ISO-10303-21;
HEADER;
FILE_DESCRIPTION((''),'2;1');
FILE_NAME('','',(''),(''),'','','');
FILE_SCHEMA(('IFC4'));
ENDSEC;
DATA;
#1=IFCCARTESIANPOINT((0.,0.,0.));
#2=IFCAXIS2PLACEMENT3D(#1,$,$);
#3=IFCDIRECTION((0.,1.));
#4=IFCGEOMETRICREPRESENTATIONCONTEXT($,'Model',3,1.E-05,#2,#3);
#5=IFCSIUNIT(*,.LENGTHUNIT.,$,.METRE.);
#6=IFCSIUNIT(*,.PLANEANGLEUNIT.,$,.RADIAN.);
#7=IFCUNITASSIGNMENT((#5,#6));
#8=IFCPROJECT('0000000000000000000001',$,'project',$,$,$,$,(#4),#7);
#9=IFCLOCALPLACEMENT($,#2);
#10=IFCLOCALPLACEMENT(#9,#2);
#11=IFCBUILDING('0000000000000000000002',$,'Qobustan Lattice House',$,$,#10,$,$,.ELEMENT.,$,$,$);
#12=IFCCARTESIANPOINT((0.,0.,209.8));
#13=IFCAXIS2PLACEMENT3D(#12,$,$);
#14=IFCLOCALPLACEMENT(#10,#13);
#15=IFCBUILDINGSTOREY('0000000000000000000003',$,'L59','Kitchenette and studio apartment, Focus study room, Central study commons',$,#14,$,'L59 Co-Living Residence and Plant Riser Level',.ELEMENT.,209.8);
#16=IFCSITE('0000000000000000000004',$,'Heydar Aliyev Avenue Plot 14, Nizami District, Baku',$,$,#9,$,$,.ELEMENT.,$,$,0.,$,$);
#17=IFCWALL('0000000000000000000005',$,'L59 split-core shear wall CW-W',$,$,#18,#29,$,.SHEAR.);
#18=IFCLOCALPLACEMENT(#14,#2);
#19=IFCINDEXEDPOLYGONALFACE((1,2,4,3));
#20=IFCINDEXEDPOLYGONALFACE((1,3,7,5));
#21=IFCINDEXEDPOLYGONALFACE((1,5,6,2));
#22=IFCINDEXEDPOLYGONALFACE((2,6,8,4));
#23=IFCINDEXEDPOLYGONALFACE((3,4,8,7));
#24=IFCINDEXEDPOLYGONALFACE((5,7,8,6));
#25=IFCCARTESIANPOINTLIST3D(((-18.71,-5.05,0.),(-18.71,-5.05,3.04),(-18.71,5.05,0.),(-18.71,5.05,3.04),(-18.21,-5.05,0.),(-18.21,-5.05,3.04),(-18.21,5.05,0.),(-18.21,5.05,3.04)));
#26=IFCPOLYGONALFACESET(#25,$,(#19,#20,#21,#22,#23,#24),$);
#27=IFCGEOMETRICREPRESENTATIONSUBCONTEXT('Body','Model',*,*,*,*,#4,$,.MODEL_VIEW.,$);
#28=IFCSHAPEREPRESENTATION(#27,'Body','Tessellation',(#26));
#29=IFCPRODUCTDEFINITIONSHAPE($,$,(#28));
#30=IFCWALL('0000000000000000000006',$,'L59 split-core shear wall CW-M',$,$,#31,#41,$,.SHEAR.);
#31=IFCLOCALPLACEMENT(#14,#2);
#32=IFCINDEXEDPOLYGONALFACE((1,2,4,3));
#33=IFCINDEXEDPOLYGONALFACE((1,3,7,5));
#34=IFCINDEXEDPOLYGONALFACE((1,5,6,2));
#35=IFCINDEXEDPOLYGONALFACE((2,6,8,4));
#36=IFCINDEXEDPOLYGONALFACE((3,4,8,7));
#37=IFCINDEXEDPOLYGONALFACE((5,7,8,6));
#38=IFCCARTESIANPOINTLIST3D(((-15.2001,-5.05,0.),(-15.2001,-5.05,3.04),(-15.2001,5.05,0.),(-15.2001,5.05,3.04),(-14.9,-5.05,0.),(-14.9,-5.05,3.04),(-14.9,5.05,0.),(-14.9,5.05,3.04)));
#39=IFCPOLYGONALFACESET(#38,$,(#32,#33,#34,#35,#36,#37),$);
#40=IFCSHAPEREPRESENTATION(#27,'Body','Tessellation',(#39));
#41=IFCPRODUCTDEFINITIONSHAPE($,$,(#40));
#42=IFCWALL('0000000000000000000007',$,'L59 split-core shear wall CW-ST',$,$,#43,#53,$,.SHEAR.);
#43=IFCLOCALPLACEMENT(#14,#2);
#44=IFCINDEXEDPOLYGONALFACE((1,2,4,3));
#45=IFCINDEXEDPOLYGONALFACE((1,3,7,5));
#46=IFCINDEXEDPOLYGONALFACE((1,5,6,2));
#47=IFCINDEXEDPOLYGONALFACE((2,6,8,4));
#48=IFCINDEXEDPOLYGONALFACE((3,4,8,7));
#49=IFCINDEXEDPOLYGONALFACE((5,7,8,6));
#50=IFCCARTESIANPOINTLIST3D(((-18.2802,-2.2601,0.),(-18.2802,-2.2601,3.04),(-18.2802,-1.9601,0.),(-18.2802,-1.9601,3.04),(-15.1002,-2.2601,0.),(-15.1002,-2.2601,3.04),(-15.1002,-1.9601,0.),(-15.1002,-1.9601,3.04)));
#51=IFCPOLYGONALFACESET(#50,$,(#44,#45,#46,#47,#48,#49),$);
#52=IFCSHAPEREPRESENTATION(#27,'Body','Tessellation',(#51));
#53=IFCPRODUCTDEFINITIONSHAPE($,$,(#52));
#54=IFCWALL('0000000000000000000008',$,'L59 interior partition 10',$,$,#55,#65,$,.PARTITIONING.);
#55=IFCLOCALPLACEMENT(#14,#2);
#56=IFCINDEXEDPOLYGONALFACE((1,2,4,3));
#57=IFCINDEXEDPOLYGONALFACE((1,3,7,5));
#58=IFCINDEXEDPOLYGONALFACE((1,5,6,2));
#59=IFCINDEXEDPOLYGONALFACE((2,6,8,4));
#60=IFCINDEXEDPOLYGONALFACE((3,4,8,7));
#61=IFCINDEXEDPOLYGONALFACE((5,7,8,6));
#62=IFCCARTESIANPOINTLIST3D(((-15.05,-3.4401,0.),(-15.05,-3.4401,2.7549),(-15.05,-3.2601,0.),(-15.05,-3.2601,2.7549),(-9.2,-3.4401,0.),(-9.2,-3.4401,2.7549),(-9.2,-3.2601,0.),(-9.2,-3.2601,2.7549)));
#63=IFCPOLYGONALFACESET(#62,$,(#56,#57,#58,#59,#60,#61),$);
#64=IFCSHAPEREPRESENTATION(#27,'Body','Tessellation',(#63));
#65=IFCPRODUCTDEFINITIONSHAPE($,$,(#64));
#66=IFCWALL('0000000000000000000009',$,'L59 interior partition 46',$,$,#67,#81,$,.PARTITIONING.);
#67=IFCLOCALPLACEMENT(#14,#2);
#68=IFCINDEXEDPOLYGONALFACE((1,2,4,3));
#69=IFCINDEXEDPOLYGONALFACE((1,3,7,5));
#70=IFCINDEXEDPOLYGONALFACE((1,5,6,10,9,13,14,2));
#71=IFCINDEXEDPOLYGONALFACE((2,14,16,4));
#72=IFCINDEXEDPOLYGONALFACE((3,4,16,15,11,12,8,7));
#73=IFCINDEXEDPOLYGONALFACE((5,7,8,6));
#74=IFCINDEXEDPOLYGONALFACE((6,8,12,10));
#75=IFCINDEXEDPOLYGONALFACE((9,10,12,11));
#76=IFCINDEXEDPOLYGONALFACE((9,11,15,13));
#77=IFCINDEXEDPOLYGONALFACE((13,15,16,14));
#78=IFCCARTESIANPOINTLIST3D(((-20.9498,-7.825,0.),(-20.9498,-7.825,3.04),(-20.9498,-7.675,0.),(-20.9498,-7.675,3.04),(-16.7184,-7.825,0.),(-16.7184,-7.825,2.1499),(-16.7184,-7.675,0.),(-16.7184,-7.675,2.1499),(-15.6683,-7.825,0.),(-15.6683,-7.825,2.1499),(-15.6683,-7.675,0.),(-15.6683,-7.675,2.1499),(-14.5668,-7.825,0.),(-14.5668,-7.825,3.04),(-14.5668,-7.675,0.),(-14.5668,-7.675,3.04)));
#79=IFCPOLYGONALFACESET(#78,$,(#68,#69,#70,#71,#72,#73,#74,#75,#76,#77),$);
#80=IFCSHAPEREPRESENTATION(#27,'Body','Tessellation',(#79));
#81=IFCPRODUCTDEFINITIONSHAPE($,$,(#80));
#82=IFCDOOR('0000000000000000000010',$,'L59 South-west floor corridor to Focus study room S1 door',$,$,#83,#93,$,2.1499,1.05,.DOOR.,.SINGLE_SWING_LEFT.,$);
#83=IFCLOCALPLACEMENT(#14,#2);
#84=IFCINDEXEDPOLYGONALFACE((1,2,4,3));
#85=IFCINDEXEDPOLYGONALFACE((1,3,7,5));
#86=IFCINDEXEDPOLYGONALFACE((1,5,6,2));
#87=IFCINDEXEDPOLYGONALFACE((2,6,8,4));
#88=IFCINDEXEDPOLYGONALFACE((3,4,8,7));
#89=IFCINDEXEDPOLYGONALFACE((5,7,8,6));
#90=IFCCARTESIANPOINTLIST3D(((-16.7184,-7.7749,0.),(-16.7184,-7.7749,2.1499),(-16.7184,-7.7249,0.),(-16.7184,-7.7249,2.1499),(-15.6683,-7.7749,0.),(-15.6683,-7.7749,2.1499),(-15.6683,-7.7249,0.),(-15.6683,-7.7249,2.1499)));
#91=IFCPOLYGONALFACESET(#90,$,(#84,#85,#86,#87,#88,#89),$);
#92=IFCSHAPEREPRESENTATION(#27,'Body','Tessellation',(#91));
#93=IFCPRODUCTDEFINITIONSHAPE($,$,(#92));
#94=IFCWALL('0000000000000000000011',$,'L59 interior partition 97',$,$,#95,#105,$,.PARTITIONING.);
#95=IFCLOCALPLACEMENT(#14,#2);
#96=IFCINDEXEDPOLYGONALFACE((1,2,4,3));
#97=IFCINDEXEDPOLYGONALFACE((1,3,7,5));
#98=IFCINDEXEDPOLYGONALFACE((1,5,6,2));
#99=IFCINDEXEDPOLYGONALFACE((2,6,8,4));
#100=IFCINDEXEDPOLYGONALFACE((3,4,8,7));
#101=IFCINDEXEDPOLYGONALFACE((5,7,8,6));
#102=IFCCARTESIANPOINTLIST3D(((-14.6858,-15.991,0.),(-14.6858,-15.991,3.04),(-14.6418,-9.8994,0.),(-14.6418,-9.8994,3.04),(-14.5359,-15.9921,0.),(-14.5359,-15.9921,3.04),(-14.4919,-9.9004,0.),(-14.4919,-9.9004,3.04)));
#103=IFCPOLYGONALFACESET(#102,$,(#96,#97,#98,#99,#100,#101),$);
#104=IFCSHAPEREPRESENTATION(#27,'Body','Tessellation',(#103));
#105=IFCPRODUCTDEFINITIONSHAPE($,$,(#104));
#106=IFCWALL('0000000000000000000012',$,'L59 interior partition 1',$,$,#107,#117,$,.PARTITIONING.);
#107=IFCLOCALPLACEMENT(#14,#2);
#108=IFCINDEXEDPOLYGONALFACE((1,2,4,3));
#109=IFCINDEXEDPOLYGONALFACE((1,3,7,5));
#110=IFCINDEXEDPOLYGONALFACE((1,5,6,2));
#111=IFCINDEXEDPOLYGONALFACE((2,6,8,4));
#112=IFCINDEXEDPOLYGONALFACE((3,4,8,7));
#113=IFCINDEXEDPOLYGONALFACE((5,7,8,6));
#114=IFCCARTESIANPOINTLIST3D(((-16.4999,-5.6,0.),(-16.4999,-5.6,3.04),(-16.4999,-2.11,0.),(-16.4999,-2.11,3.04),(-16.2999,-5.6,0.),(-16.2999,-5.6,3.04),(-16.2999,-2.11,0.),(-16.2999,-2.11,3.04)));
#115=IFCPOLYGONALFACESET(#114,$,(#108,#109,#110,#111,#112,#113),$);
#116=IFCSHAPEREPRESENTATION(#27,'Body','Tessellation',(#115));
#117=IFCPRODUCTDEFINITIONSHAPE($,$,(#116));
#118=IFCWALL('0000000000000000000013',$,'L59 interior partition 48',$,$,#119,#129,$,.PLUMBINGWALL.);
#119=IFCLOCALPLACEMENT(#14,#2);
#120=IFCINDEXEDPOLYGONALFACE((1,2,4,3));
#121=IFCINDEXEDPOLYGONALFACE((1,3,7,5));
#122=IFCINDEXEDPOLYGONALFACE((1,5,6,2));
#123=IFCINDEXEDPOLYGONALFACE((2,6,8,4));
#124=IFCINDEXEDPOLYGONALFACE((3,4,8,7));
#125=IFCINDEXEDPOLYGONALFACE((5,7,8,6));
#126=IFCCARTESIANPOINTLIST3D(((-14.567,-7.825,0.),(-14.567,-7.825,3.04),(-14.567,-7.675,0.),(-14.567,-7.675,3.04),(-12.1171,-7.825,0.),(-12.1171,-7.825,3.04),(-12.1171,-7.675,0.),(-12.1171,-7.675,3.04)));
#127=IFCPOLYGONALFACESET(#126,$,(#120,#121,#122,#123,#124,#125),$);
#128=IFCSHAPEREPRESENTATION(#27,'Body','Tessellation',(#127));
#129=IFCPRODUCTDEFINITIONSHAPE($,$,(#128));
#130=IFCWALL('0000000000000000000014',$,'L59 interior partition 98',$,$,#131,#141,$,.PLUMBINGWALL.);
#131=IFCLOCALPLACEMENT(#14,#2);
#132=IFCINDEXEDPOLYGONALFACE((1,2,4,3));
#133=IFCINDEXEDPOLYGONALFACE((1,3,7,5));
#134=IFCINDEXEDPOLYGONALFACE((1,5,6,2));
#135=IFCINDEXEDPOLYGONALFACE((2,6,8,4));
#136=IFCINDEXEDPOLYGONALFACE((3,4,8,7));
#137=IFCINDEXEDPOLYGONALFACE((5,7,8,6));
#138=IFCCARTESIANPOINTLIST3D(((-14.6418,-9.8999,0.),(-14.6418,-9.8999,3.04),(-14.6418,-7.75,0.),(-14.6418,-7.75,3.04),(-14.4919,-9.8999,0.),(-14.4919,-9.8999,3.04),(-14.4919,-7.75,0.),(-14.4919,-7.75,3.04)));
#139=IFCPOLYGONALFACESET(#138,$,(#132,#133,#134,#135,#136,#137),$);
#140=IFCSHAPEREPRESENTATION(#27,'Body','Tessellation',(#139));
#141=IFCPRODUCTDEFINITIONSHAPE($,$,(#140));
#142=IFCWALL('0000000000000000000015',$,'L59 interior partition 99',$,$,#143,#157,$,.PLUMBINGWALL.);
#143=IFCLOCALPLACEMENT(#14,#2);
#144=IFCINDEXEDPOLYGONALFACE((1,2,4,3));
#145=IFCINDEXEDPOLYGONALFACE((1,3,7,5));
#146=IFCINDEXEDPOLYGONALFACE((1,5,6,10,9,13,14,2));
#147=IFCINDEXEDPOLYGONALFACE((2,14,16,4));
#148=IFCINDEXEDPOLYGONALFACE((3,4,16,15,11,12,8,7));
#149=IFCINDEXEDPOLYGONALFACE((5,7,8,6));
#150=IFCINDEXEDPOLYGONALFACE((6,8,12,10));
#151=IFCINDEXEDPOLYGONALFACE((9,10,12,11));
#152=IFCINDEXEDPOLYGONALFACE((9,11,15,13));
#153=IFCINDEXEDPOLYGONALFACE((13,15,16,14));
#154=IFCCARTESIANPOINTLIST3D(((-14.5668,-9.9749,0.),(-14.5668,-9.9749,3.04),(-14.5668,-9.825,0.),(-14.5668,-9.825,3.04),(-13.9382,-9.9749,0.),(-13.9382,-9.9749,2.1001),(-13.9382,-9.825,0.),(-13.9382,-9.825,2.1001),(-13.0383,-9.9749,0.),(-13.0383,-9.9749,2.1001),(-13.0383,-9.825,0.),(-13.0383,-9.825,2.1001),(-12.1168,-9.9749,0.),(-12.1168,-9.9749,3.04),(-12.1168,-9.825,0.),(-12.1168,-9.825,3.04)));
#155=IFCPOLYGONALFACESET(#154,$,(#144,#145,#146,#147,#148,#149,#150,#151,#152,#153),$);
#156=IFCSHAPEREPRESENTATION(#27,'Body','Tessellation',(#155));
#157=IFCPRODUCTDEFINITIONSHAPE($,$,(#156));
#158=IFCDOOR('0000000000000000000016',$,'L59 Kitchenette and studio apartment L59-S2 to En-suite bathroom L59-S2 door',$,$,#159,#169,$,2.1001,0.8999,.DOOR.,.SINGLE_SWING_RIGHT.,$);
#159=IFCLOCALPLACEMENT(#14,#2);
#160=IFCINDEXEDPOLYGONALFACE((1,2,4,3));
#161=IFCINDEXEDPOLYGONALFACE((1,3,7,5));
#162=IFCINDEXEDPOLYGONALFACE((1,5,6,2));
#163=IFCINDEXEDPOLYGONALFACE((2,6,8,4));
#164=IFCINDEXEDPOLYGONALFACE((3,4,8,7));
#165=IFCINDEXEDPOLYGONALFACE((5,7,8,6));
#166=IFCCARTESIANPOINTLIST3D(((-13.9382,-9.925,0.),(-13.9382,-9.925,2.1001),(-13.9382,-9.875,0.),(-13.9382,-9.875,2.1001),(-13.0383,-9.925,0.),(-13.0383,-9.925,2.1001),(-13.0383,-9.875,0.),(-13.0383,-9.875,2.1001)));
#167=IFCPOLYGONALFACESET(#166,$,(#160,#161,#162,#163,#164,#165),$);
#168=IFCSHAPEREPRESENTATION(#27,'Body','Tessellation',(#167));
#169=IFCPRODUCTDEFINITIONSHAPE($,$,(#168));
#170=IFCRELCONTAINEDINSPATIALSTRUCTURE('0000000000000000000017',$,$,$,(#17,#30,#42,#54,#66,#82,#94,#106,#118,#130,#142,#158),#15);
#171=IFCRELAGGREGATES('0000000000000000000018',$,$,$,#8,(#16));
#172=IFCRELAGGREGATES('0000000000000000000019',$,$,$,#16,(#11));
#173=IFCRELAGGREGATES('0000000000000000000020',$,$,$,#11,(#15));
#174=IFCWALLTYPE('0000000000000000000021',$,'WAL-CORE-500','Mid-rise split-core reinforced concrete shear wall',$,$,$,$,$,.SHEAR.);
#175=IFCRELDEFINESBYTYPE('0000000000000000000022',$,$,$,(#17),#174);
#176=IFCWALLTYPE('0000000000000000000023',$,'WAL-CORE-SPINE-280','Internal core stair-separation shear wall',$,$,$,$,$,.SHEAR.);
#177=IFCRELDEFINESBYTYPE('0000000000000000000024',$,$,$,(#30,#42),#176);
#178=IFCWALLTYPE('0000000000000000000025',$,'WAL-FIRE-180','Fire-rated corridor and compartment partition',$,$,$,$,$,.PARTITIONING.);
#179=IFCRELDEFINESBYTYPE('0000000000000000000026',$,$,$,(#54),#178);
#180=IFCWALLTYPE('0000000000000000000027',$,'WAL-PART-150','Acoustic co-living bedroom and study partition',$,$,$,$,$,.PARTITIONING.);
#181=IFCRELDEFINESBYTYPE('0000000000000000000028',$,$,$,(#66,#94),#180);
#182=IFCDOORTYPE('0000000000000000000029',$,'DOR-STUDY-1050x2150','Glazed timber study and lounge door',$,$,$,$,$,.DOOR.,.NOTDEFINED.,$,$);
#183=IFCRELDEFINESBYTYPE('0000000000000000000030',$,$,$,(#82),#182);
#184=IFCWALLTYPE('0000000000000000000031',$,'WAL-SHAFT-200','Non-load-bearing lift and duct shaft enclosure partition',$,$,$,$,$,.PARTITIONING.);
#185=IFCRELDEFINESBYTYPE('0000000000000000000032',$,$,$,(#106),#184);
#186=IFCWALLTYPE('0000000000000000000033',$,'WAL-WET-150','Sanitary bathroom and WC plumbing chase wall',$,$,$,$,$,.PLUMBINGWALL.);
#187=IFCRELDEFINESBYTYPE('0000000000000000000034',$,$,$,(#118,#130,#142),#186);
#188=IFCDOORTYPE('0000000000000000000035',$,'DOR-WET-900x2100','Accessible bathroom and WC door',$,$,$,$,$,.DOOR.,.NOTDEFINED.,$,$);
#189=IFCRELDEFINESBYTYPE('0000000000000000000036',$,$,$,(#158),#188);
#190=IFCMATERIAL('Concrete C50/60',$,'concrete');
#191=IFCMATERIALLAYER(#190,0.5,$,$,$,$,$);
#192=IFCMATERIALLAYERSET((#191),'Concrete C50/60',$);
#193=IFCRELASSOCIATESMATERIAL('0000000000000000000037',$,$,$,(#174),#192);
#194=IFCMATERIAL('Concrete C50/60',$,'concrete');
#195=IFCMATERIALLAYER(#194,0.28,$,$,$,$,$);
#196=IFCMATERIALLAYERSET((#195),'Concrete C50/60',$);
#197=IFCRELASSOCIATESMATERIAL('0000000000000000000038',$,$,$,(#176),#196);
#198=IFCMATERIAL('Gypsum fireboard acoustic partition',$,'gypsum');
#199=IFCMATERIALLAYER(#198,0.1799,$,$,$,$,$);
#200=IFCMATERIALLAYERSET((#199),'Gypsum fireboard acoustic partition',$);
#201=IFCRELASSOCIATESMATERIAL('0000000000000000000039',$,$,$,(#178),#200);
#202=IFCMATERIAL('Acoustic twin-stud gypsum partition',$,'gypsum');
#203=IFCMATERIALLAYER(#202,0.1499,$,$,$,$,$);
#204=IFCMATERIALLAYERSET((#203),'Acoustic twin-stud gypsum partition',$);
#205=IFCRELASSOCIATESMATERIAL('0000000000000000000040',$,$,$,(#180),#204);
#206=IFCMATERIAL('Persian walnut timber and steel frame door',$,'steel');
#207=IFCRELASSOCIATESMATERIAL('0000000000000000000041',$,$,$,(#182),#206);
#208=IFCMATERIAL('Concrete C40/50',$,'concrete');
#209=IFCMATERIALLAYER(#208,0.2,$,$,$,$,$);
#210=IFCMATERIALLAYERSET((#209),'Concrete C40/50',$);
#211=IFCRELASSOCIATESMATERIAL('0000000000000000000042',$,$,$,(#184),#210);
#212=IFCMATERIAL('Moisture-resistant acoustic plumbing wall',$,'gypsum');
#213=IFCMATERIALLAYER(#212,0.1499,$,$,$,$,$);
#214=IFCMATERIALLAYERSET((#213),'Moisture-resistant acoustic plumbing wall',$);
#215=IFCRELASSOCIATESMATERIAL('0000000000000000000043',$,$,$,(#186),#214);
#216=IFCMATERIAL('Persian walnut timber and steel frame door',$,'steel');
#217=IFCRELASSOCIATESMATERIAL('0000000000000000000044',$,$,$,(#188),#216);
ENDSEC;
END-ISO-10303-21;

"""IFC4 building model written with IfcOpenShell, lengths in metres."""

from ifc_helpers import new_model, si_unit, direction, frame, frame_2d, origin, place, context, subcontext, project, spatial, rectangle, extrude, material, layer, layer_set, type_object, element, fill, save


model = new_model("IFC4")

# Units and contexts
model_context = context("Model", 3, precision=1e-05, world=origin(), true_north=direction((0.0, 1.0)))
body_context = subcontext(model_context, "Body", "Model", "MODEL_VIEW")
ifc_project = project(units=[si_unit("LENGTHUNIT", "METRE"), si_unit("PLANEANGLEUNIT", "RADIAN")], contexts=[model_context])

# Site, building, storey
site_placement = place(None, origin())
site = spatial("IfcSite", under=ifc_project, at=site_placement, Name="Heydar Aliyev Avenue Plot 14, Nizami District, Baku", CompositionType="ELEMENT", RefElevation=0.0)
building_placement = place(site_placement, origin())
building = spatial("IfcBuilding", under=site, at=building_placement, Name="Qobustan Lattice House", CompositionType="ELEMENT")
storey_placement = place(building_placement, frame((0.0, 0.0, 209.8)))
storey = spatial("IfcBuildingStorey", under=building, at=storey_placement, Name="L59", Description="Kitchenette and studio apartment, Focus study room, Central study commons", LongName="L59 Co-Living Residence and Plant Riser Level", CompositionType="ELEMENT", Elevation=209.8)

# Walls
ifc_material_1 = material(Name="Concrete C50/60", Category="concrete")
ifc_layer_1 = layer(ifc_material_1, 0.5)
ifc_layer_set_1 = layer_set([ifc_layer_1], Name="Concrete C50/60")
wall_type_1 = type_object("IfcWallType", Name="WAL-CORE-500", Description="Mid-rise split-core reinforced concrete shear wall", PredefinedType="SHEAR", material=ifc_layer_set_1)
wall_1_placement = place(storey_placement, frame((-18.46, -5.05, 0.0), z_axis=(0.0, 0.0, 1.0), x_axis=(0.0, 1.0, 0.0)))
element("IfcWall", 1, at=wall_1_placement, inside=storey, type_object=wall_type_1, Name="L59 split-core shear wall CW-W", PredefinedType="SHEAR", context=body_context, shape_type="SweptSolid", body=[
    extrude(rectangle(XDim=10.1001, YDim=0.5, at=frame_2d((5.05, 0.0))), origin(), (0.0, 0.0, 1.0), 3.04),
])
ifc_material_2 = material(Name="Concrete C50/60", Category="concrete")
ifc_layer_2 = layer(ifc_material_2, 0.28)
ifc_layer_set_2 = layer_set([ifc_layer_2], Name="Concrete C50/60")
wall_type_2 = type_object("IfcWallType", Name="WAL-CORE-SPINE-280", Description="Internal core stair-separation shear wall", PredefinedType="SHEAR", material=ifc_layer_set_2)
wall_2_placement = place(storey_placement, frame((-15.05, -5.05, 0.0), z_axis=(0.0, 0.0, 1.0), x_axis=(0.0, 1.0, 0.0)))
element("IfcWall", 2, at=wall_2_placement, inside=storey, type_object=wall_type_2, Name="L59 split-core shear wall CW-M", PredefinedType="SHEAR", context=body_context, shape_type="SweptSolid", body=[
    extrude(rectangle(XDim=10.1001, YDim=0.3, at=frame_2d((5.05, 0.0))), origin(), (0.0, 0.0, 1.0), 3.04),
])
wall_3_placement = place(storey_placement, frame((-18.28, -2.1101, 0.0), z_axis=(0.0, 0.0, 1.0), x_axis=(1.0, 0.0, 0.0)))
element("IfcWall", 3, at=wall_3_placement, inside=storey, type_object=wall_type_2, Name="L59 split-core shear wall CW-ST", PredefinedType="SHEAR", context=body_context, shape_type="SweptSolid", body=[
    extrude(rectangle(XDim=3.1799, YDim=0.3, at=frame_2d((1.5898, 0.0))), origin(), (0.0, 0.0, 1.0), 3.04),
])
ifc_material_3 = material(Name="Gypsum fireboard acoustic partition", Category="gypsum")
ifc_layer_3 = layer(ifc_material_3, 0.1799)
ifc_layer_set_3 = layer_set([ifc_layer_3], Name="Gypsum fireboard acoustic partition")
wall_type_3 = type_object("IfcWallType", Name="WAL-FIRE-180", Description="Fire-rated corridor and compartment partition", PredefinedType="PARTITIONING", material=ifc_layer_set_3)
wall_4_placement = place(storey_placement, frame((-15.05, -3.3501, 0.0), z_axis=(0.0, 0.0, 1.0), x_axis=(1.0, 0.0, 0.0)))
element("IfcWall", 4, at=wall_4_placement, inside=storey, type_object=wall_type_3, Name="L59 interior partition 10", PredefinedType="PARTITIONING", context=body_context, shape_type="SweptSolid", body=[
    extrude(rectangle(XDim=5.8501, YDim=0.1799, at=frame_2d((2.925, 0.0))), origin(), (0.0, 0.0, 1.0), 2.7549),
])

# Wall, opening, door
ifc_material_4 = material(Name="Acoustic twin-stud gypsum partition", Category="gypsum")
ifc_layer_4 = layer(ifc_material_4, 0.1499)
ifc_layer_set_4 = layer_set([ifc_layer_4], Name="Acoustic twin-stud gypsum partition")
wall_type_4 = type_object("IfcWallType", Name="WAL-PART-150", Description="Acoustic co-living bedroom and study partition", PredefinedType="PARTITIONING", material=ifc_layer_set_4)
wall_5_placement = place(storey_placement, frame((-14.5669, -7.75, 0.0), z_axis=(0.0, 0.0, 1.0), x_axis=(-1.0, 0.0, 0.0)))
wall_5 = element("IfcWall", 5, at=wall_5_placement, inside=storey, type_object=wall_type_4, Name="L59 interior partition 46", PredefinedType="PARTITIONING", context=body_context, shape_type="SweptSolid", body=[
    extrude(rectangle(XDim=6.3831, YDim=0.1499, at=frame_2d((3.1914, 0.0))), origin(), (0.0, 0.0, 1.0), 3.04),
])
opening_1_placement = place(wall_5_placement, frame((1.1016, 0.0, 0.0)))
opening_1 = element("IfcOpeningElement", 6, at=opening_1_placement, cuts=wall_5, PredefinedType="OPENING", context=body_context, shape_type="SweptSolid", body=[
    extrude(rectangle(XDim=1.05, YDim=2.1499, at=frame_2d((0.5249, 1.075))), frame((0.0, 0.085, 0.0), z_axis=(0.0, -1.0, 0.0), x_axis=(1.0, 0.0, 0.0)), (0.0, 0.0, 1.0), 0.1699),
])
ifc_material_5 = material(Name="Persian walnut timber and steel frame door", Category="steel")
door_type_1 = type_object("IfcDoorType", Name="DOR-STUDY-1050x2150", Description="Glazed timber study and lounge door", OperationType="NOTDEFINED", PredefinedType="DOOR", material=ifc_material_5)
door_1_placement = place(opening_1_placement, origin())
door_1 = element("IfcDoor", 7, at=door_1_placement, inside=storey, type_object=door_type_1, Name="L59 South-west floor corridor to Focus study room S1 door", OperationType="SINGLE_SWING_LEFT", OverallHeight=2.1499, OverallWidth=1.05, PredefinedType="DOOR", context=body_context, shape_type="SweptSolid", body=[
    extrude(rectangle(XDim=1.05, YDim=2.1499, at=frame_2d((0.5249, 1.075))), frame((0.0, 0.0249, 0.0), z_axis=(0.0, -1.0, 0.0), x_axis=(1.0, 0.0, 0.0)), (0.0, 0.0, 1.0), 0.05),
])
fill(opening_1, door_1)

# Walls
wall_6_placement = place(storey_placement, frame((-14.5669, -9.8999, 0.0), z_axis=(0.0, 0.0, 1.0), x_axis=(-0.007214, -0.999974, 0.0)))
element("IfcWall", 8, at=wall_6_placement, inside=storey, type_object=wall_type_4, Name="L59 interior partition 97", PredefinedType="PARTITIONING", context=body_context, shape_type="SweptSolid", body=[
    extrude(rectangle(XDim=6.0918, YDim=0.1499, at=frame_2d((3.0459, 0.0))), origin(), (0.0, 0.0, 1.0), 3.04),
])
ifc_material_6 = material(Name="Concrete C40/50", Category="concrete")
ifc_layer_5 = layer(ifc_material_6, 0.2)
ifc_layer_set_5 = layer_set([ifc_layer_5], Name="Concrete C40/50")
wall_type_5 = type_object("IfcWallType", Name="WAL-SHAFT-200", Description="Non-load-bearing lift and duct shaft enclosure partition", PredefinedType="PARTITIONING", material=ifc_layer_set_5)
wall_7_placement = place(storey_placement, frame((-16.3999, -5.6001, 0.0), z_axis=(0.0, 0.0, 1.0), x_axis=(0.0, 1.0, 0.0)))
element("IfcWall", 9, at=wall_7_placement, inside=storey, type_object=wall_type_5, Name="L59 interior partition 1", PredefinedType="PARTITIONING", context=body_context, shape_type="SweptSolid", body=[
    extrude(rectangle(XDim=3.49, YDim=0.2, at=frame_2d((1.7451, 0.0))), origin(), (0.0, 0.0, 1.0), 3.04),
])
ifc_material_7 = material(Name="Moisture-resistant acoustic plumbing wall", Category="gypsum")
ifc_layer_6 = layer(ifc_material_7, 0.1499)
ifc_layer_set_6 = layer_set([ifc_layer_6], Name="Moisture-resistant acoustic plumbing wall")
wall_type_6 = type_object("IfcWallType", Name="WAL-WET-150", Description="Sanitary bathroom and WC plumbing chase wall", PredefinedType="PLUMBINGWALL", material=ifc_layer_set_6)
wall_8_placement = place(storey_placement, frame((-12.1169, -7.75, 0.0), z_axis=(0.0, 0.0, 1.0), x_axis=(-1.0, 0.0, 0.0)))
element("IfcWall", 10, at=wall_8_placement, inside=storey, type_object=wall_type_6, Name="L59 interior partition 48", PredefinedType="PLUMBINGWALL", context=body_context, shape_type="SweptSolid", body=[
    extrude(rectangle(XDim=2.45, YDim=0.1499, at=frame_2d((1.2251, 0.0))), origin(), (0.0, 0.0, 1.0), 3.04),
])
wall_9_placement = place(storey_placement, frame((-14.5669, -7.75, 0.0), z_axis=(0.0, 0.0, 1.0), x_axis=(0.0, -1.0, 0.0)))
element("IfcWall", 11, at=wall_9_placement, inside=storey, type_object=wall_type_6, Name="L59 interior partition 98", PredefinedType="PLUMBINGWALL", context=body_context, shape_type="SweptSolid", body=[
    extrude(rectangle(XDim=2.1499, YDim=0.1499, at=frame_2d((1.075, 0.0))), origin(), (0.0, 0.0, 1.0), 3.04),
])

# Wall, opening, door
wall_10_placement = place(storey_placement, frame((-14.5669, -9.8999, 0.0), z_axis=(0.0, 0.0, 1.0), x_axis=(1.0, 0.0, 0.0)))
wall_10 = element("IfcWall", 12, at=wall_10_placement, inside=storey, type_object=wall_type_6, Name="L59 interior partition 99", PredefinedType="PLUMBINGWALL", context=body_context, shape_type="SweptSolid", body=[
    extrude(rectangle(XDim=2.45, YDim=0.1499, at=frame_2d((1.2251, 0.0))), origin(), (0.0, 0.0, 1.0), 3.04),
])
opening_2_placement = place(wall_10_placement, frame((0.6287, 0.0, 0.0)))
opening_2 = element("IfcOpeningElement", 13, at=opening_2_placement, cuts=wall_10, PredefinedType="OPENING", context=body_context, shape_type="SweptSolid", body=[
    extrude(rectangle(XDim=0.8999, YDim=2.1001, at=frame_2d((0.45, 1.05))), frame((0.0, 0.085, 0.0), z_axis=(0.0, -1.0, 0.0), x_axis=(1.0, 0.0, 0.0)), (0.0, 0.0, 1.0), 0.1699),
])
ifc_material_8 = material(Name="Persian walnut timber and steel frame door", Category="steel")
door_type_2 = type_object("IfcDoorType", Name="DOR-WET-900x2100", Description="Accessible bathroom and WC door", OperationType="NOTDEFINED", PredefinedType="DOOR", material=ifc_material_8)
door_2_placement = place(opening_2_placement, origin())
door_2 = element("IfcDoor", 14, at=door_2_placement, inside=storey, type_object=door_type_2, Name="L59 Kitchenette and studio apartment L59-S2 to En-suite bathroom L59-S2 door", OperationType="SINGLE_SWING_RIGHT", OverallHeight=2.1001, OverallWidth=0.8999, PredefinedType="DOOR", context=body_context, shape_type="SweptSolid", body=[
    extrude(rectangle(XDim=0.8999, YDim=2.1001, at=frame_2d((0.45, 1.05))), frame((0.0, 0.0249, 0.0), z_axis=(0.0, -1.0, 0.0), x_axis=(1.0, 0.0, 0.0)), (0.0, 0.0, 1.0), 0.05),
])
fill(opening_2, door_2)

save(model, "model.ifc")
